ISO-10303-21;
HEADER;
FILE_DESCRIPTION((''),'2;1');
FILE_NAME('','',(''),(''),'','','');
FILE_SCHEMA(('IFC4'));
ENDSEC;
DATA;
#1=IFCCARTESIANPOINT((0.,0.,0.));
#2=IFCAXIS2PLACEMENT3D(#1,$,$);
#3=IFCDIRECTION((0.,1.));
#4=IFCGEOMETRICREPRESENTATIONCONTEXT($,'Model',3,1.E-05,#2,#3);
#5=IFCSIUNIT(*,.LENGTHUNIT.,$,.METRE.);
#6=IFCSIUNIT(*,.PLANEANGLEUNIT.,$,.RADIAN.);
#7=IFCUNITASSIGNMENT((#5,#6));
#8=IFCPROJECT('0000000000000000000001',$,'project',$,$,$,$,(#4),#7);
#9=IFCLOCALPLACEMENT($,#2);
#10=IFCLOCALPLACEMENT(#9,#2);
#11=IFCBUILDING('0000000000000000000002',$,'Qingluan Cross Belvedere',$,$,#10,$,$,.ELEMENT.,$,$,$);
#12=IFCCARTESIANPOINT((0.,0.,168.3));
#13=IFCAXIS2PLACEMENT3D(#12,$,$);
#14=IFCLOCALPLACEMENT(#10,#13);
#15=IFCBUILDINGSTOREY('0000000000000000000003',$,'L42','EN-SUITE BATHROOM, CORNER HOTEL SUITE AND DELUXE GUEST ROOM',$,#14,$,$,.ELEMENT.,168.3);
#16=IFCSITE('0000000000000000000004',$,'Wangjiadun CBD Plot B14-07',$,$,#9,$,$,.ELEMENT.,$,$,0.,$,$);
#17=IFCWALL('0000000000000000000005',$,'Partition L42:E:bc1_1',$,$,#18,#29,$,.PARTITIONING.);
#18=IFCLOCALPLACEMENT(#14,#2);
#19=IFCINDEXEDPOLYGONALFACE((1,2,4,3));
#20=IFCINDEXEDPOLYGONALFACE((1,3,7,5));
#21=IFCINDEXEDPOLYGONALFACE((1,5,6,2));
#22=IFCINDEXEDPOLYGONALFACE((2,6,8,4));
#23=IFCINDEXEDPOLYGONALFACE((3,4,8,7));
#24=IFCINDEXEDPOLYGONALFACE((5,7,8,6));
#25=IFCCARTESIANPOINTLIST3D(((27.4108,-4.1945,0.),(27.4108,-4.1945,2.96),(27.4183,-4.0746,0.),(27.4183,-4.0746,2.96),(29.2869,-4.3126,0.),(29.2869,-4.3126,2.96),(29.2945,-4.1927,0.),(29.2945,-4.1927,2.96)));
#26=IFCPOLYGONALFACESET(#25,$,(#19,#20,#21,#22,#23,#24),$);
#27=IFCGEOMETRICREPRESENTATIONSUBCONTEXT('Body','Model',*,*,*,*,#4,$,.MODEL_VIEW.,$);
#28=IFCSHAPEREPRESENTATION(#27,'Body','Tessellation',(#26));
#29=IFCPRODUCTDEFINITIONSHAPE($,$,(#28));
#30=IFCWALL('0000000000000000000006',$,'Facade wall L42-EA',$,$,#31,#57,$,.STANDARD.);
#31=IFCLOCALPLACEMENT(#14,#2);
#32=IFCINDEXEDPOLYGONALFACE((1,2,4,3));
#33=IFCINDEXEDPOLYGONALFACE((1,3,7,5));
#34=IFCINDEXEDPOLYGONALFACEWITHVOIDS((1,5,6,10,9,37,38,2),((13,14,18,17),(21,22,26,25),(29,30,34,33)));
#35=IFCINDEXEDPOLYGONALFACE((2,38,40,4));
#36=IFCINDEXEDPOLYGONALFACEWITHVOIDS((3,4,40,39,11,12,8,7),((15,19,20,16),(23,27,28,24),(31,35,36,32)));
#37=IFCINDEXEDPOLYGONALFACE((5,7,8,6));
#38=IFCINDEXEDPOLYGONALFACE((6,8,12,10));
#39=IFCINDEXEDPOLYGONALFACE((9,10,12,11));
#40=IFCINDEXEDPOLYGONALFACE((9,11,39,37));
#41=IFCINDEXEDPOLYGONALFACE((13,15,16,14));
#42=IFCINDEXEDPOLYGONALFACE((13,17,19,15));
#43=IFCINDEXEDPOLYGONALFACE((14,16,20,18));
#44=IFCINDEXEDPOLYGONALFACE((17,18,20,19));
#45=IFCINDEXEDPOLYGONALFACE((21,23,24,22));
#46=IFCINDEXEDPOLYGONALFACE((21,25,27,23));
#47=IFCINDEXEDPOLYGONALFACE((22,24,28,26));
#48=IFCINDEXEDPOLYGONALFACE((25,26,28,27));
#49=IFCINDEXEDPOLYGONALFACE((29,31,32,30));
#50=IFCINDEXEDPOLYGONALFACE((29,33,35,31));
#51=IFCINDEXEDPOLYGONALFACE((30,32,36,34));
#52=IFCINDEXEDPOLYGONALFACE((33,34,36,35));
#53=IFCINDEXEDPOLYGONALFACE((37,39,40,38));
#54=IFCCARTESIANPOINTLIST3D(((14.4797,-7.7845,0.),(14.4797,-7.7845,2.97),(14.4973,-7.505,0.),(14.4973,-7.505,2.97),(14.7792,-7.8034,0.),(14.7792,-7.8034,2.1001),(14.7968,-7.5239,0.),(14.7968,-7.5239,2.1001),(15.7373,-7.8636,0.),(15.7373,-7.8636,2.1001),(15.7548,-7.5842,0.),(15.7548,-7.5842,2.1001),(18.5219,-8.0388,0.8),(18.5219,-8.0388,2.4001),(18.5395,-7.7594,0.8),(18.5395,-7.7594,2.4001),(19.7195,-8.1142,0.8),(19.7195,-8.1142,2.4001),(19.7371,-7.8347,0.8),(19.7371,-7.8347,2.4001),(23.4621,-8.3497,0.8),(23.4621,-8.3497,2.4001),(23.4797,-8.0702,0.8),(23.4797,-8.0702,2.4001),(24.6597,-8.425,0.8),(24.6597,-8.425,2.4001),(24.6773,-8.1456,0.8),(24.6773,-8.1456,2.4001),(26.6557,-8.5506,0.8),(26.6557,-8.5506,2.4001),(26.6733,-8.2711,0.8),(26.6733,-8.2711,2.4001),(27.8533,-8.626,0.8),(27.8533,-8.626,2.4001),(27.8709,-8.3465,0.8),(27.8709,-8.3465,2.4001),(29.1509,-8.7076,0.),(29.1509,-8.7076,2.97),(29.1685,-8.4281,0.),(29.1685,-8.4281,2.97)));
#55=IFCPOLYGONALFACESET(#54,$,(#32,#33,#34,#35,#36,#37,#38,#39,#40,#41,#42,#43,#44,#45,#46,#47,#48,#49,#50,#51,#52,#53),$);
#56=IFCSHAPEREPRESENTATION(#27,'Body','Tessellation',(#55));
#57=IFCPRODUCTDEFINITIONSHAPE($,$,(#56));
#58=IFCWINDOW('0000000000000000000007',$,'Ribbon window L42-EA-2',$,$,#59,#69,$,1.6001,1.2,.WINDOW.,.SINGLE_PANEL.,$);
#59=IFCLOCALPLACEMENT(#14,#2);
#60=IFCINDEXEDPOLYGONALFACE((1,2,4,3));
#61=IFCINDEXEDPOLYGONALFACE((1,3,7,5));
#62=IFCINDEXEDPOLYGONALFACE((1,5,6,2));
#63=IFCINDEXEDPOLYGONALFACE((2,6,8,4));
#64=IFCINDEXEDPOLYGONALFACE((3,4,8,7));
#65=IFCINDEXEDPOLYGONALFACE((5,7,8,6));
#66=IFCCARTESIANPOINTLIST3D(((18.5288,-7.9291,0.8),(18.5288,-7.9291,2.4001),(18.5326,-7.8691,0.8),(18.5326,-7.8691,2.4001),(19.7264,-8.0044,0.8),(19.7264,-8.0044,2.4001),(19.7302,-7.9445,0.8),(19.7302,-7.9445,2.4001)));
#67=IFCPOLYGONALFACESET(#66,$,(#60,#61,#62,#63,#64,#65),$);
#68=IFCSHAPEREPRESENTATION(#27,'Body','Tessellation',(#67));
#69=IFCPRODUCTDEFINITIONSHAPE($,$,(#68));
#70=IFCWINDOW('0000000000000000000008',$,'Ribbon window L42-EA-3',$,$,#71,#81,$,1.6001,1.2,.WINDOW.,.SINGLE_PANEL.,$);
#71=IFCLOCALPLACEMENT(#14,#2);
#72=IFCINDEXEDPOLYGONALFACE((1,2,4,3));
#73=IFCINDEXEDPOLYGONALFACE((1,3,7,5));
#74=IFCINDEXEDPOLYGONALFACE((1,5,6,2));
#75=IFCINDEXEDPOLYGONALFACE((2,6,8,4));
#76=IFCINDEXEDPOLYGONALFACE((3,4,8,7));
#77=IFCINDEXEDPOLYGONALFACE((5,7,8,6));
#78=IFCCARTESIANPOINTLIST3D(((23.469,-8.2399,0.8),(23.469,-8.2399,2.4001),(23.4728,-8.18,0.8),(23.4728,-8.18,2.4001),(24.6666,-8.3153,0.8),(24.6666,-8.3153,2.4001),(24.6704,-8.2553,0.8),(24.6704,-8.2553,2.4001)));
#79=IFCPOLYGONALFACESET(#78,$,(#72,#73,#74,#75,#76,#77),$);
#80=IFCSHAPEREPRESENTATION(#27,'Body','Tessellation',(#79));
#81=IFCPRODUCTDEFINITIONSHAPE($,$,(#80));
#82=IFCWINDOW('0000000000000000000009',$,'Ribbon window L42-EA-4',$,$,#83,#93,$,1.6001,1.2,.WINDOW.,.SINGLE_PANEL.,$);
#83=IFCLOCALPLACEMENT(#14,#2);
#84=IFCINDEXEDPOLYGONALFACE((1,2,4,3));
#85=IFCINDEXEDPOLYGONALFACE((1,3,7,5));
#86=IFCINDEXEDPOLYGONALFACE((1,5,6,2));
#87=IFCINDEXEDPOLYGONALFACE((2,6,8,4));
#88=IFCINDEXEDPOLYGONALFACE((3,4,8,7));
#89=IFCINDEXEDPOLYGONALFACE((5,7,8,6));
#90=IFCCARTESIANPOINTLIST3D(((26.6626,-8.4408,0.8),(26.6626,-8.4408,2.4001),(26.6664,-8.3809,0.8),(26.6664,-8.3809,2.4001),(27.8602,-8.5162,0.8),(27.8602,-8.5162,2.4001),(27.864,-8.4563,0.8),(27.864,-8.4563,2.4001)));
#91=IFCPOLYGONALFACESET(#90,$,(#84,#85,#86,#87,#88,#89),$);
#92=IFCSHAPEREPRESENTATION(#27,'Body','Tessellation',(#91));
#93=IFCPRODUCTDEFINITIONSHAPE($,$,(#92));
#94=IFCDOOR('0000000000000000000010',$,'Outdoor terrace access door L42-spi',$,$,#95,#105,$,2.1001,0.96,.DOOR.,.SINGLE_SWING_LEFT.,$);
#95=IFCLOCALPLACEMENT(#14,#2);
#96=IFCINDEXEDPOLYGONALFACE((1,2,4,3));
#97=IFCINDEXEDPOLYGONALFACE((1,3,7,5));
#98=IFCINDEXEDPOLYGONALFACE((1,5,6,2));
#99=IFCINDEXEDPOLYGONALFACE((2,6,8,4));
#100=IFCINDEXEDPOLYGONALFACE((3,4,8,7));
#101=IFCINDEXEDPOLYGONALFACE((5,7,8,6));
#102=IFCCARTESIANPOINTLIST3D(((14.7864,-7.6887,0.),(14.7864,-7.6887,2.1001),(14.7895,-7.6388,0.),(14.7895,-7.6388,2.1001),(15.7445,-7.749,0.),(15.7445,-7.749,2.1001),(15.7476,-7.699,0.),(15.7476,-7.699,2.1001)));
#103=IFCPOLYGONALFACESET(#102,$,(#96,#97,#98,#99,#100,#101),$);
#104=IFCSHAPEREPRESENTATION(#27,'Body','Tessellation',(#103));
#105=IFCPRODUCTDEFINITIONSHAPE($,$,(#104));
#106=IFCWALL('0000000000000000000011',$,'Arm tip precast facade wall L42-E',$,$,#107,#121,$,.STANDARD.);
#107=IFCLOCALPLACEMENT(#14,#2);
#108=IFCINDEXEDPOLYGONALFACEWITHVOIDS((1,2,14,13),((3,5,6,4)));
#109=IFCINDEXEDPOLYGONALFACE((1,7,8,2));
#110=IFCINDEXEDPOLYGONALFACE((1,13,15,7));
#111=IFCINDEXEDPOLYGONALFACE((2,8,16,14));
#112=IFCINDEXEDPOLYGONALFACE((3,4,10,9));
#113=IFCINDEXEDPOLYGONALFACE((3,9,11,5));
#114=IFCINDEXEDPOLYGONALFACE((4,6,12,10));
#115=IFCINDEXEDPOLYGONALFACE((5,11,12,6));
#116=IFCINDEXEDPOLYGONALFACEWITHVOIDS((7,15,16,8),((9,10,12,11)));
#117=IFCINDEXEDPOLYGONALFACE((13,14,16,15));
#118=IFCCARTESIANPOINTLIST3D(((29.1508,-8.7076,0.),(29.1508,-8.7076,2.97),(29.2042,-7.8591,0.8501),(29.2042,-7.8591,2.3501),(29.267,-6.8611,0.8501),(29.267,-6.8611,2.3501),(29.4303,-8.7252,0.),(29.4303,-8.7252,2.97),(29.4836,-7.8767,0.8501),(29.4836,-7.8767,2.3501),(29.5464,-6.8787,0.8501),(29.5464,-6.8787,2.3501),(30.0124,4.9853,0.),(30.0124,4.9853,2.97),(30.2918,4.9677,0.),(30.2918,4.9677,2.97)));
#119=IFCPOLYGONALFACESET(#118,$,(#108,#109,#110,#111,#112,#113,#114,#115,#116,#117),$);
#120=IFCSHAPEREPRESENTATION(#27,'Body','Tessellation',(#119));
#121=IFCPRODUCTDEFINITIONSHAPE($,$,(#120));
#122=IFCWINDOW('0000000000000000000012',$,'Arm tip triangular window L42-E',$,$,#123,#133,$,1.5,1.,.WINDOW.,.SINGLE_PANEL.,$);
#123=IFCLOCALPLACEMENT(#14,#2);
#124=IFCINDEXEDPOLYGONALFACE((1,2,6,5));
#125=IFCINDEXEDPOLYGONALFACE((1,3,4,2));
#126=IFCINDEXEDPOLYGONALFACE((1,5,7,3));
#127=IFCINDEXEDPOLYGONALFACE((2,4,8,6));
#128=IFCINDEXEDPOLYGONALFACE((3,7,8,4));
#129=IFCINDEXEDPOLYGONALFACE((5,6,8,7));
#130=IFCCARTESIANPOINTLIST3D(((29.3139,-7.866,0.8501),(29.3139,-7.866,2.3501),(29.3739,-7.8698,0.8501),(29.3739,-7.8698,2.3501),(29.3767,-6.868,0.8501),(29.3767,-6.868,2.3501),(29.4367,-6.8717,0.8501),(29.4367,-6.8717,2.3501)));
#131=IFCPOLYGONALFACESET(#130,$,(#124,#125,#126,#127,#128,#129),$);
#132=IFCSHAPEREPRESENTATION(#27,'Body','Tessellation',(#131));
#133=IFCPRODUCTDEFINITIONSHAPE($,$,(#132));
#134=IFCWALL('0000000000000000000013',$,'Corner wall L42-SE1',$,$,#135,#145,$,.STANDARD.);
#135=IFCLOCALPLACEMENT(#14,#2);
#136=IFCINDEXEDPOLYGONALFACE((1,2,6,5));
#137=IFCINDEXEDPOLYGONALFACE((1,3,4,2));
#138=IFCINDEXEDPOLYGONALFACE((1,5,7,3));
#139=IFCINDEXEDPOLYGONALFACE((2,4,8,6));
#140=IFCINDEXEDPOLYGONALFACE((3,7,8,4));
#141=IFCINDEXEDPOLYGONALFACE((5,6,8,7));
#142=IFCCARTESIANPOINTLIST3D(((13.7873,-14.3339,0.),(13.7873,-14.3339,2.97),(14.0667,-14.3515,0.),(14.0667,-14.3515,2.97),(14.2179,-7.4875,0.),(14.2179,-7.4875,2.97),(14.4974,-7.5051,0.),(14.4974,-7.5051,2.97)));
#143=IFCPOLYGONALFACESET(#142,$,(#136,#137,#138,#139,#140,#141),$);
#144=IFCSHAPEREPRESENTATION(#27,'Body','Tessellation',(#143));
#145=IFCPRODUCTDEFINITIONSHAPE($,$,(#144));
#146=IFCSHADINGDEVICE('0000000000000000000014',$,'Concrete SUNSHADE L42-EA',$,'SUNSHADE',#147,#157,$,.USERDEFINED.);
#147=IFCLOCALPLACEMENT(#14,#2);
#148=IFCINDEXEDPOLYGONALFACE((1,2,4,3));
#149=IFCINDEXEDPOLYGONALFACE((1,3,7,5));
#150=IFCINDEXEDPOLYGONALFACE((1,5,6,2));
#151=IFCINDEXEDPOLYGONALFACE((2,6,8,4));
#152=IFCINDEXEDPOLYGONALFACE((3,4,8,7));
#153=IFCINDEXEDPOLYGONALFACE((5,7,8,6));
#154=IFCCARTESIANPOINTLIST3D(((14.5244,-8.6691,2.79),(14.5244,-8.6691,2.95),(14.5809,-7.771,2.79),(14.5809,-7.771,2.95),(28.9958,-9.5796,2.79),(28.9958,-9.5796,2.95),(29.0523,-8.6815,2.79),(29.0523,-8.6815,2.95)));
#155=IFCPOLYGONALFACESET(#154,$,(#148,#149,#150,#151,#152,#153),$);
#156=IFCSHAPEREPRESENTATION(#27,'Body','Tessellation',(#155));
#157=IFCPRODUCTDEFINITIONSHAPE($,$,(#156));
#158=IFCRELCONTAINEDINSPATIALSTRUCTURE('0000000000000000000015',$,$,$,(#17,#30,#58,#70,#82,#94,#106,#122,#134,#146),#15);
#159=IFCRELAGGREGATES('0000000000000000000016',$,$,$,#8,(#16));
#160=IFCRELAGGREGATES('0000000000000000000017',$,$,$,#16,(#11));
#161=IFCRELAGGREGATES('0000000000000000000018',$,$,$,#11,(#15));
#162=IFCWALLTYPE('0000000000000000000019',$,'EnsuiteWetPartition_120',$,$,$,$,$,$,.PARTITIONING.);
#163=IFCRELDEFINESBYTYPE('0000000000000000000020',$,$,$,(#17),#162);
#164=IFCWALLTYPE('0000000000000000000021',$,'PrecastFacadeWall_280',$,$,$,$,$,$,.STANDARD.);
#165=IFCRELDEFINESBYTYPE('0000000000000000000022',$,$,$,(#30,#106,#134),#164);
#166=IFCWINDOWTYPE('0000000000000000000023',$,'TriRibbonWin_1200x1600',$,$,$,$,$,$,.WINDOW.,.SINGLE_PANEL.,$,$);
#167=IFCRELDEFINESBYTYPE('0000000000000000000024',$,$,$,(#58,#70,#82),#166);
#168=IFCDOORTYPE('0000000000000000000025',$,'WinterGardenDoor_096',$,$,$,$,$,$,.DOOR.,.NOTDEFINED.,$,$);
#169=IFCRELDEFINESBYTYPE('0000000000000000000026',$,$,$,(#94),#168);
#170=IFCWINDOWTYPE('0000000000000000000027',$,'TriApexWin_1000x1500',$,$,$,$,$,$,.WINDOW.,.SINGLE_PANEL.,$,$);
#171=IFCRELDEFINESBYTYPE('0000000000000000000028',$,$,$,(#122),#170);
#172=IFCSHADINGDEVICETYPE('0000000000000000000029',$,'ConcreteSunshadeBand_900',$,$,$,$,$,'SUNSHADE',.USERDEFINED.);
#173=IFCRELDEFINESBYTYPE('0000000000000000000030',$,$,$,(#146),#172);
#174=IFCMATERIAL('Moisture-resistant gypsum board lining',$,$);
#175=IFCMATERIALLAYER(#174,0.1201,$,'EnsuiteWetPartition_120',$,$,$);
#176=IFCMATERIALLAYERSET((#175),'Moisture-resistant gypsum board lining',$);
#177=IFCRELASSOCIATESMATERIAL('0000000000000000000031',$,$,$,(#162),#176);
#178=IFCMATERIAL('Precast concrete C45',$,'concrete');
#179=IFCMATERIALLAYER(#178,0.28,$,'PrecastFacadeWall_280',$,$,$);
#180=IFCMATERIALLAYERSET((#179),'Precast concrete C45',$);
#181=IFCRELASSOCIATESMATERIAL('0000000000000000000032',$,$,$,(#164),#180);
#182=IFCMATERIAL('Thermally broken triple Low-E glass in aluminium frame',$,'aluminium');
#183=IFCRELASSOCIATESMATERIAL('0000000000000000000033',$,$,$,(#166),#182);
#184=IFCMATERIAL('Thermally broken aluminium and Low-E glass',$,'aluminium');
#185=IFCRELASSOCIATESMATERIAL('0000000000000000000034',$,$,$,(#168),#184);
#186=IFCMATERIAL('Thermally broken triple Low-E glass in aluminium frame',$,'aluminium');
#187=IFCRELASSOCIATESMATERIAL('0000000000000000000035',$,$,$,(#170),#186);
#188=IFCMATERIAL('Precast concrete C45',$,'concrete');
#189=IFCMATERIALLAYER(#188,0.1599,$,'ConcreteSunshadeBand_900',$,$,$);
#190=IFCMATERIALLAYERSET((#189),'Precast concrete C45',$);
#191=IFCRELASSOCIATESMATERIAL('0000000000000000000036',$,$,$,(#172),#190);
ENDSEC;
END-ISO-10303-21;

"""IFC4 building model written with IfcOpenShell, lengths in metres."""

from ifc_helpers import new_model, si_unit, direction, frame, frame_2d, origin, origin_2d, place, context, subcontext, project, spatial, rectangle, extrude, material, layer, layer_set, type_object, element, fill, save


model = new_model("IFC4")

# Units and contexts
model_context = context("Model", 3, precision=1e-05, world=origin(), true_north=direction((0.0, 1.0)))
body_context = subcontext(model_context, "Body", "Model", "MODEL_VIEW")
ifc_project = project(units=[si_unit("LENGTHUNIT", "METRE"), si_unit("PLANEANGLEUNIT", "RADIAN")], contexts=[model_context])

# Site, building, storey
site_placement = place(None, origin())
site = spatial("IfcSite", under=ifc_project, at=site_placement, Name="Wangjiadun CBD Plot B14-07", CompositionType="ELEMENT", RefElevation=0.0)
building_placement = place(site_placement, origin())
building = spatial("IfcBuilding", under=site, at=building_placement, Name="Qingluan Cross Belvedere", CompositionType="ELEMENT")
storey_placement = place(building_placement, frame((0.0, 0.0, 168.3)))
storey = spatial("IfcBuildingStorey", under=building, at=storey_placement, Name="L42", Description="EN-SUITE BATHROOM, CORNER HOTEL SUITE AND DELUXE GUEST ROOM", CompositionType="ELEMENT", Elevation=168.3)

# Shared definitions
ifc_material_1 = material(Name="Moisture-resistant gypsum board lining")
ifc_layer_1 = layer(ifc_material_1, 0.1201, Name="EnsuiteWetPartition_120")
ifc_layer_set_1 = layer_set([ifc_layer_1], Name="Moisture-resistant gypsum board lining")
wall_type_1 = type_object("IfcWallType", Name="EnsuiteWetPartition_120", PredefinedType="PARTITIONING", material=ifc_layer_set_1)

# Wall
wall_1_placement = place(storey_placement, frame((27.4146, -4.1345, 0.0), z_axis=(0.0, 0.0, 1.0), x_axis=(0.998023, -0.062855, 0.0)))
element("IfcWall", 1, at=wall_1_placement, inside=storey, type_object=wall_type_1, Name="Partition L42:E:bc1_1", PredefinedType="PARTITIONING", context=body_context, shape_type="SweptSolid", body=[
    extrude(rectangle(XDim=1.8799, YDim=0.1201, at=frame_2d((0.9399, 0.0))), origin(), (0.0, 0.0, 1.0), 2.96),
])

# Wall, openings, windows, door
ifc_material_2 = material(Name="Precast concrete C45", Category="concrete")
ifc_layer_2 = layer(ifc_material_2, 0.28, Name="PrecastFacadeWall_280")
ifc_layer_set_2 = layer_set([ifc_layer_2], Name="Precast concrete C45")
wall_type_2 = type_object("IfcWallType", Name="PrecastFacadeWall_280", PredefinedType="STANDARD", material=ifc_layer_set_2)
wall_2_placement = place(storey_placement, frame((14.4885, -7.6448, 0.0), z_axis=(0.0, 0.0, 1.0), x_axis=(0.998026, -0.062795, 0.0)))
wall_2 = element("IfcWall", 2, at=wall_2_placement, inside=storey, type_object=wall_type_2, Name="Facade wall L42-EA", PredefinedType="STANDARD", context=body_context, shape_type="SweptSolid", body=[
    extrude(rectangle(XDim=14.7002, YDim=0.28, at=frame_2d((7.3501, 0.0))), origin(), (0.0, 0.0, 1.0), 2.97),
])
opening_1_placement = place(wall_2_placement, frame((4.05, 0.0, 0.8)))
opening_1 = element("IfcOpeningElement", 3, at=opening_1_placement, cuts=wall_2, PredefinedType="OPENING", context=body_context, shape_type="SweptSolid", body=[
    extrude(rectangle(XDim=1.2, YDim=1.6001, at=frame_2d((0.6001, 0.8))), frame((0.0, 0.1499, 0.0), z_axis=(0.0, -1.0, 0.0), x_axis=(1.0, 0.0, 0.0)), (0.0, 0.0, 1.0), 0.3),
])
opening_2_placement = place(wall_2_placement, frame((9.0, 0.0, 0.8)))
opening_2 = element("IfcOpeningElement", 4, at=opening_2_placement, cuts=wall_2, PredefinedType="OPENING", context=body_context, shape_type="SweptSolid", body=[
    extrude(rectangle(XDim=1.2, YDim=1.6001, at=frame_2d((0.6001, 0.8))), frame((0.0, 0.1499, 0.0), z_axis=(0.0, -1.0, 0.0), x_axis=(1.0, 0.0, 0.0)), (0.0, 0.0, 1.0), 0.3),
])
opening_3_placement = place(wall_2_placement, frame((12.2, 0.0, 0.8)))
opening_3 = element("IfcOpeningElement", 5, at=opening_3_placement, cuts=wall_2, PredefinedType="OPENING", context=body_context, shape_type="SweptSolid", body=[
    extrude(rectangle(XDim=1.2, YDim=1.6001, at=frame_2d((0.6001, 0.8))), frame((0.0, 0.1499, 0.0), z_axis=(0.0, -1.0, 0.0), x_axis=(1.0, 0.0, 0.0)), (0.0, 0.0, 1.0), 0.3),
])
opening_4_placement = place(wall_2_placement, frame((0.3, 0.0, 0.0)))
opening_4 = element("IfcOpeningElement", 6, at=opening_4_placement, cuts=wall_2, PredefinedType="OPENING", context=body_context, shape_type="SweptSolid", body=[
    extrude(rectangle(XDim=0.96, YDim=2.1001, at=frame_2d((0.48, 1.05))), frame((0.0, 0.1499, 0.0), z_axis=(0.0, -1.0, 0.0), x_axis=(1.0, 0.0, 0.0)), (0.0, 0.0, 1.0), 0.3),
])
ifc_material_3 = material(Name="Thermally broken triple Low-E glass in aluminium frame", Category="aluminium")
window_type_1 = type_object("IfcWindowType", Name="TriRibbonWin_1200x1600", PartitioningType="SINGLE_PANEL", PredefinedType="WINDOW", material=ifc_material_3)
window_1_placement = place(opening_1_placement, origin())
window_1 = element("IfcWindow", 7, at=window_1_placement, inside=storey, type_object=window_type_1, Name="Ribbon window L42-EA-2", OverallHeight=1.6001, OverallWidth=1.2, PartitioningType="SINGLE_PANEL", PredefinedType="WINDOW", context=body_context, shape_type="SweptSolid", body=[
    extrude(rectangle(XDim=1.2, YDim=1.6001, at=frame_2d((0.6001, 0.8))), frame((0.0, 0.03, 0.0), z_axis=(0.0, -1.0, 0.0), x_axis=(1.0, 0.0, 0.0)), (0.0, 0.0, 1.0), 0.0601),
])
fill(opening_1, window_1)
window_2_placement = place(opening_2_placement, origin())
window_2 = element("IfcWindow", 8, at=window_2_placement, inside=storey, type_object=window_type_1, Name="Ribbon window L42-EA-3", OverallHeight=1.6001, OverallWidth=1.2, PartitioningType="SINGLE_PANEL", PredefinedType="WINDOW", context=body_context, shape_type="SweptSolid", body=[
    extrude(rectangle(XDim=1.2, YDim=1.6001, at=frame_2d((0.6001, 0.8))), frame((0.0, 0.03, 0.0), z_axis=(0.0, -1.0, 0.0), x_axis=(1.0, 0.0, 0.0)), (0.0, 0.0, 1.0), 0.0601),
])
fill(opening_2, window_2)
window_3_placement = place(opening_3_placement, origin())
window_3 = element("IfcWindow", 9, at=window_3_placement, inside=storey, type_object=window_type_1, Name="Ribbon window L42-EA-4", OverallHeight=1.6001, OverallWidth=1.2, PartitioningType="SINGLE_PANEL", PredefinedType="WINDOW", context=body_context, shape_type="SweptSolid", body=[
    extrude(rectangle(XDim=1.2, YDim=1.6001, at=frame_2d((0.6001, 0.8))), frame((0.0, 0.03, 0.0), z_axis=(0.0, -1.0, 0.0), x_axis=(1.0, 0.0, 0.0)), (0.0, 0.0, 1.0), 0.0601),
])
fill(opening_3, window_3)
ifc_material_4 = material(Name="Thermally broken aluminium and Low-E glass", Category="aluminium")
door_type_1 = type_object("IfcDoorType", Name="WinterGardenDoor_096", OperationType="NOTDEFINED", PredefinedType="DOOR", material=ifc_material_4)
door_1_placement = place(opening_4_placement, origin())
door_1 = element("IfcDoor", 10, at=door_1_placement, inside=storey, type_object=door_type_1, Name="Outdoor terrace access door L42-spi", OperationType="SINGLE_SWING_LEFT", OverallHeight=2.1001, OverallWidth=0.96, PredefinedType="DOOR", context=body_context, shape_type="SweptSolid", body=[
    extrude(rectangle(XDim=0.96, YDim=2.1001, at=frame_2d((0.48, 1.05))), frame((0.0, 0.0249, 0.0), z_axis=(0.0, -1.0, 0.0), x_axis=(1.0, 0.0, 0.0)), (0.0, 0.0, 1.0), 0.05),
])
fill(opening_4, door_1)

# Wall, opening, window
wall_3_placement = place(storey_placement, frame((29.2905, -8.7163, 0.0), z_axis=(0.0, 0.0, 1.0), x_axis=(0.062797, 0.998026, 0.0)))
wall_3 = element("IfcWall", 11, at=wall_3_placement, inside=storey, type_object=wall_type_2, Name="Arm tip precast facade wall L42-E", PredefinedType="STANDARD", context=body_context, shape_type="SweptSolid", body=[
    extrude(rectangle(XDim=13.72, YDim=0.28, at=frame_2d((6.8599, 0.0))), origin(), (0.0, 0.0, 1.0), 2.97),
])
opening_5_placement = place(wall_3_placement, frame((0.8501, 0.0, 0.8501)))
opening_5 = element("IfcOpeningElement", 12, at=opening_5_placement, cuts=wall_3, PredefinedType="OPENING", context=body_context, shape_type="SweptSolid", body=[
    extrude(rectangle(XDim=1.0, YDim=1.5, at=frame_2d((0.5, 0.75))), frame((0.0, 0.1499, 0.0), z_axis=(0.0, -1.0, 0.0), x_axis=(1.0, 0.0, 0.0)), (0.0, 0.0, 1.0), 0.3),
])
ifc_material_5 = material(Name="Thermally broken triple Low-E glass in aluminium frame", Category="aluminium")
window_type_2 = type_object("IfcWindowType", Name="TriApexWin_1000x1500", PartitioningType="SINGLE_PANEL", PredefinedType="WINDOW", material=ifc_material_5)
window_4_placement = place(opening_5_placement, origin())
window_4 = element("IfcWindow", 13, at=window_4_placement, inside=storey, type_object=window_type_2, Name="Arm tip triangular window L42-E", OverallHeight=1.5, OverallWidth=1.0, PartitioningType="SINGLE_PANEL", PredefinedType="WINDOW", context=body_context, shape_type="SweptSolid", body=[
    extrude(rectangle(XDim=1.0, YDim=1.5, at=frame_2d((0.5, 0.75))), frame((0.0, 0.03, 0.0), z_axis=(0.0, -1.0, 0.0), x_axis=(1.0, 0.0, 0.0)), (0.0, 0.0, 1.0), 0.0601),
])
fill(opening_5, window_4)

# Wall
wall_4_placement = place(storey_placement, frame((14.3577, -7.4963, 0.0), z_axis=(0.0, 0.0, 1.0), x_axis=(-0.062779, -0.998027, 0.0)))
element("IfcWall", 14, at=wall_4_placement, inside=storey, type_object=wall_type_2, Name="Corner wall L42-SE1", PredefinedType="STANDARD", context=body_context, shape_type="SweptSolid", body=[
    extrude(rectangle(XDim=6.8599, YDim=0.28, at=frame_2d((3.4299, 0.0))), origin(), (0.0, 0.0, 1.0), 2.97),
])

# Shading device
ifc_material_6 = material(Name="Precast concrete C45", Category="concrete")
ifc_layer_3 = layer(ifc_material_6, 0.1599, Name="ConcreteSunshadeBand_900")
ifc_layer_set_3 = layer_set([ifc_layer_3], Name="Precast concrete C45")
shading_device_type = type_object("IfcShadingDeviceType", Name="ConcreteSunshadeBand_900", ElementType="SUNSHADE", PredefinedType="USERDEFINED", material=ifc_layer_set_3)
shading_device_placement = place(storey_placement, frame((21.7883, -8.6753, 2.79), z_axis=(0.0, 0.0, 1.0), x_axis=(0.998026, -0.062796, 0.0)))
element("IfcShadingDevice", 15, at=shading_device_placement, inside=storey, type_object=shading_device_type, Name="Concrete SUNSHADE L42-EA", ObjectType="SUNSHADE", PredefinedType="USERDEFINED", context=body_context, shape_type="SweptSolid", body=[
    extrude(rectangle(XDim=14.5, YDim=0.8999, at=origin_2d()), origin(), (0.0, 0.0, 1.0), 0.1599),
])

save(model, "model.ifc")
